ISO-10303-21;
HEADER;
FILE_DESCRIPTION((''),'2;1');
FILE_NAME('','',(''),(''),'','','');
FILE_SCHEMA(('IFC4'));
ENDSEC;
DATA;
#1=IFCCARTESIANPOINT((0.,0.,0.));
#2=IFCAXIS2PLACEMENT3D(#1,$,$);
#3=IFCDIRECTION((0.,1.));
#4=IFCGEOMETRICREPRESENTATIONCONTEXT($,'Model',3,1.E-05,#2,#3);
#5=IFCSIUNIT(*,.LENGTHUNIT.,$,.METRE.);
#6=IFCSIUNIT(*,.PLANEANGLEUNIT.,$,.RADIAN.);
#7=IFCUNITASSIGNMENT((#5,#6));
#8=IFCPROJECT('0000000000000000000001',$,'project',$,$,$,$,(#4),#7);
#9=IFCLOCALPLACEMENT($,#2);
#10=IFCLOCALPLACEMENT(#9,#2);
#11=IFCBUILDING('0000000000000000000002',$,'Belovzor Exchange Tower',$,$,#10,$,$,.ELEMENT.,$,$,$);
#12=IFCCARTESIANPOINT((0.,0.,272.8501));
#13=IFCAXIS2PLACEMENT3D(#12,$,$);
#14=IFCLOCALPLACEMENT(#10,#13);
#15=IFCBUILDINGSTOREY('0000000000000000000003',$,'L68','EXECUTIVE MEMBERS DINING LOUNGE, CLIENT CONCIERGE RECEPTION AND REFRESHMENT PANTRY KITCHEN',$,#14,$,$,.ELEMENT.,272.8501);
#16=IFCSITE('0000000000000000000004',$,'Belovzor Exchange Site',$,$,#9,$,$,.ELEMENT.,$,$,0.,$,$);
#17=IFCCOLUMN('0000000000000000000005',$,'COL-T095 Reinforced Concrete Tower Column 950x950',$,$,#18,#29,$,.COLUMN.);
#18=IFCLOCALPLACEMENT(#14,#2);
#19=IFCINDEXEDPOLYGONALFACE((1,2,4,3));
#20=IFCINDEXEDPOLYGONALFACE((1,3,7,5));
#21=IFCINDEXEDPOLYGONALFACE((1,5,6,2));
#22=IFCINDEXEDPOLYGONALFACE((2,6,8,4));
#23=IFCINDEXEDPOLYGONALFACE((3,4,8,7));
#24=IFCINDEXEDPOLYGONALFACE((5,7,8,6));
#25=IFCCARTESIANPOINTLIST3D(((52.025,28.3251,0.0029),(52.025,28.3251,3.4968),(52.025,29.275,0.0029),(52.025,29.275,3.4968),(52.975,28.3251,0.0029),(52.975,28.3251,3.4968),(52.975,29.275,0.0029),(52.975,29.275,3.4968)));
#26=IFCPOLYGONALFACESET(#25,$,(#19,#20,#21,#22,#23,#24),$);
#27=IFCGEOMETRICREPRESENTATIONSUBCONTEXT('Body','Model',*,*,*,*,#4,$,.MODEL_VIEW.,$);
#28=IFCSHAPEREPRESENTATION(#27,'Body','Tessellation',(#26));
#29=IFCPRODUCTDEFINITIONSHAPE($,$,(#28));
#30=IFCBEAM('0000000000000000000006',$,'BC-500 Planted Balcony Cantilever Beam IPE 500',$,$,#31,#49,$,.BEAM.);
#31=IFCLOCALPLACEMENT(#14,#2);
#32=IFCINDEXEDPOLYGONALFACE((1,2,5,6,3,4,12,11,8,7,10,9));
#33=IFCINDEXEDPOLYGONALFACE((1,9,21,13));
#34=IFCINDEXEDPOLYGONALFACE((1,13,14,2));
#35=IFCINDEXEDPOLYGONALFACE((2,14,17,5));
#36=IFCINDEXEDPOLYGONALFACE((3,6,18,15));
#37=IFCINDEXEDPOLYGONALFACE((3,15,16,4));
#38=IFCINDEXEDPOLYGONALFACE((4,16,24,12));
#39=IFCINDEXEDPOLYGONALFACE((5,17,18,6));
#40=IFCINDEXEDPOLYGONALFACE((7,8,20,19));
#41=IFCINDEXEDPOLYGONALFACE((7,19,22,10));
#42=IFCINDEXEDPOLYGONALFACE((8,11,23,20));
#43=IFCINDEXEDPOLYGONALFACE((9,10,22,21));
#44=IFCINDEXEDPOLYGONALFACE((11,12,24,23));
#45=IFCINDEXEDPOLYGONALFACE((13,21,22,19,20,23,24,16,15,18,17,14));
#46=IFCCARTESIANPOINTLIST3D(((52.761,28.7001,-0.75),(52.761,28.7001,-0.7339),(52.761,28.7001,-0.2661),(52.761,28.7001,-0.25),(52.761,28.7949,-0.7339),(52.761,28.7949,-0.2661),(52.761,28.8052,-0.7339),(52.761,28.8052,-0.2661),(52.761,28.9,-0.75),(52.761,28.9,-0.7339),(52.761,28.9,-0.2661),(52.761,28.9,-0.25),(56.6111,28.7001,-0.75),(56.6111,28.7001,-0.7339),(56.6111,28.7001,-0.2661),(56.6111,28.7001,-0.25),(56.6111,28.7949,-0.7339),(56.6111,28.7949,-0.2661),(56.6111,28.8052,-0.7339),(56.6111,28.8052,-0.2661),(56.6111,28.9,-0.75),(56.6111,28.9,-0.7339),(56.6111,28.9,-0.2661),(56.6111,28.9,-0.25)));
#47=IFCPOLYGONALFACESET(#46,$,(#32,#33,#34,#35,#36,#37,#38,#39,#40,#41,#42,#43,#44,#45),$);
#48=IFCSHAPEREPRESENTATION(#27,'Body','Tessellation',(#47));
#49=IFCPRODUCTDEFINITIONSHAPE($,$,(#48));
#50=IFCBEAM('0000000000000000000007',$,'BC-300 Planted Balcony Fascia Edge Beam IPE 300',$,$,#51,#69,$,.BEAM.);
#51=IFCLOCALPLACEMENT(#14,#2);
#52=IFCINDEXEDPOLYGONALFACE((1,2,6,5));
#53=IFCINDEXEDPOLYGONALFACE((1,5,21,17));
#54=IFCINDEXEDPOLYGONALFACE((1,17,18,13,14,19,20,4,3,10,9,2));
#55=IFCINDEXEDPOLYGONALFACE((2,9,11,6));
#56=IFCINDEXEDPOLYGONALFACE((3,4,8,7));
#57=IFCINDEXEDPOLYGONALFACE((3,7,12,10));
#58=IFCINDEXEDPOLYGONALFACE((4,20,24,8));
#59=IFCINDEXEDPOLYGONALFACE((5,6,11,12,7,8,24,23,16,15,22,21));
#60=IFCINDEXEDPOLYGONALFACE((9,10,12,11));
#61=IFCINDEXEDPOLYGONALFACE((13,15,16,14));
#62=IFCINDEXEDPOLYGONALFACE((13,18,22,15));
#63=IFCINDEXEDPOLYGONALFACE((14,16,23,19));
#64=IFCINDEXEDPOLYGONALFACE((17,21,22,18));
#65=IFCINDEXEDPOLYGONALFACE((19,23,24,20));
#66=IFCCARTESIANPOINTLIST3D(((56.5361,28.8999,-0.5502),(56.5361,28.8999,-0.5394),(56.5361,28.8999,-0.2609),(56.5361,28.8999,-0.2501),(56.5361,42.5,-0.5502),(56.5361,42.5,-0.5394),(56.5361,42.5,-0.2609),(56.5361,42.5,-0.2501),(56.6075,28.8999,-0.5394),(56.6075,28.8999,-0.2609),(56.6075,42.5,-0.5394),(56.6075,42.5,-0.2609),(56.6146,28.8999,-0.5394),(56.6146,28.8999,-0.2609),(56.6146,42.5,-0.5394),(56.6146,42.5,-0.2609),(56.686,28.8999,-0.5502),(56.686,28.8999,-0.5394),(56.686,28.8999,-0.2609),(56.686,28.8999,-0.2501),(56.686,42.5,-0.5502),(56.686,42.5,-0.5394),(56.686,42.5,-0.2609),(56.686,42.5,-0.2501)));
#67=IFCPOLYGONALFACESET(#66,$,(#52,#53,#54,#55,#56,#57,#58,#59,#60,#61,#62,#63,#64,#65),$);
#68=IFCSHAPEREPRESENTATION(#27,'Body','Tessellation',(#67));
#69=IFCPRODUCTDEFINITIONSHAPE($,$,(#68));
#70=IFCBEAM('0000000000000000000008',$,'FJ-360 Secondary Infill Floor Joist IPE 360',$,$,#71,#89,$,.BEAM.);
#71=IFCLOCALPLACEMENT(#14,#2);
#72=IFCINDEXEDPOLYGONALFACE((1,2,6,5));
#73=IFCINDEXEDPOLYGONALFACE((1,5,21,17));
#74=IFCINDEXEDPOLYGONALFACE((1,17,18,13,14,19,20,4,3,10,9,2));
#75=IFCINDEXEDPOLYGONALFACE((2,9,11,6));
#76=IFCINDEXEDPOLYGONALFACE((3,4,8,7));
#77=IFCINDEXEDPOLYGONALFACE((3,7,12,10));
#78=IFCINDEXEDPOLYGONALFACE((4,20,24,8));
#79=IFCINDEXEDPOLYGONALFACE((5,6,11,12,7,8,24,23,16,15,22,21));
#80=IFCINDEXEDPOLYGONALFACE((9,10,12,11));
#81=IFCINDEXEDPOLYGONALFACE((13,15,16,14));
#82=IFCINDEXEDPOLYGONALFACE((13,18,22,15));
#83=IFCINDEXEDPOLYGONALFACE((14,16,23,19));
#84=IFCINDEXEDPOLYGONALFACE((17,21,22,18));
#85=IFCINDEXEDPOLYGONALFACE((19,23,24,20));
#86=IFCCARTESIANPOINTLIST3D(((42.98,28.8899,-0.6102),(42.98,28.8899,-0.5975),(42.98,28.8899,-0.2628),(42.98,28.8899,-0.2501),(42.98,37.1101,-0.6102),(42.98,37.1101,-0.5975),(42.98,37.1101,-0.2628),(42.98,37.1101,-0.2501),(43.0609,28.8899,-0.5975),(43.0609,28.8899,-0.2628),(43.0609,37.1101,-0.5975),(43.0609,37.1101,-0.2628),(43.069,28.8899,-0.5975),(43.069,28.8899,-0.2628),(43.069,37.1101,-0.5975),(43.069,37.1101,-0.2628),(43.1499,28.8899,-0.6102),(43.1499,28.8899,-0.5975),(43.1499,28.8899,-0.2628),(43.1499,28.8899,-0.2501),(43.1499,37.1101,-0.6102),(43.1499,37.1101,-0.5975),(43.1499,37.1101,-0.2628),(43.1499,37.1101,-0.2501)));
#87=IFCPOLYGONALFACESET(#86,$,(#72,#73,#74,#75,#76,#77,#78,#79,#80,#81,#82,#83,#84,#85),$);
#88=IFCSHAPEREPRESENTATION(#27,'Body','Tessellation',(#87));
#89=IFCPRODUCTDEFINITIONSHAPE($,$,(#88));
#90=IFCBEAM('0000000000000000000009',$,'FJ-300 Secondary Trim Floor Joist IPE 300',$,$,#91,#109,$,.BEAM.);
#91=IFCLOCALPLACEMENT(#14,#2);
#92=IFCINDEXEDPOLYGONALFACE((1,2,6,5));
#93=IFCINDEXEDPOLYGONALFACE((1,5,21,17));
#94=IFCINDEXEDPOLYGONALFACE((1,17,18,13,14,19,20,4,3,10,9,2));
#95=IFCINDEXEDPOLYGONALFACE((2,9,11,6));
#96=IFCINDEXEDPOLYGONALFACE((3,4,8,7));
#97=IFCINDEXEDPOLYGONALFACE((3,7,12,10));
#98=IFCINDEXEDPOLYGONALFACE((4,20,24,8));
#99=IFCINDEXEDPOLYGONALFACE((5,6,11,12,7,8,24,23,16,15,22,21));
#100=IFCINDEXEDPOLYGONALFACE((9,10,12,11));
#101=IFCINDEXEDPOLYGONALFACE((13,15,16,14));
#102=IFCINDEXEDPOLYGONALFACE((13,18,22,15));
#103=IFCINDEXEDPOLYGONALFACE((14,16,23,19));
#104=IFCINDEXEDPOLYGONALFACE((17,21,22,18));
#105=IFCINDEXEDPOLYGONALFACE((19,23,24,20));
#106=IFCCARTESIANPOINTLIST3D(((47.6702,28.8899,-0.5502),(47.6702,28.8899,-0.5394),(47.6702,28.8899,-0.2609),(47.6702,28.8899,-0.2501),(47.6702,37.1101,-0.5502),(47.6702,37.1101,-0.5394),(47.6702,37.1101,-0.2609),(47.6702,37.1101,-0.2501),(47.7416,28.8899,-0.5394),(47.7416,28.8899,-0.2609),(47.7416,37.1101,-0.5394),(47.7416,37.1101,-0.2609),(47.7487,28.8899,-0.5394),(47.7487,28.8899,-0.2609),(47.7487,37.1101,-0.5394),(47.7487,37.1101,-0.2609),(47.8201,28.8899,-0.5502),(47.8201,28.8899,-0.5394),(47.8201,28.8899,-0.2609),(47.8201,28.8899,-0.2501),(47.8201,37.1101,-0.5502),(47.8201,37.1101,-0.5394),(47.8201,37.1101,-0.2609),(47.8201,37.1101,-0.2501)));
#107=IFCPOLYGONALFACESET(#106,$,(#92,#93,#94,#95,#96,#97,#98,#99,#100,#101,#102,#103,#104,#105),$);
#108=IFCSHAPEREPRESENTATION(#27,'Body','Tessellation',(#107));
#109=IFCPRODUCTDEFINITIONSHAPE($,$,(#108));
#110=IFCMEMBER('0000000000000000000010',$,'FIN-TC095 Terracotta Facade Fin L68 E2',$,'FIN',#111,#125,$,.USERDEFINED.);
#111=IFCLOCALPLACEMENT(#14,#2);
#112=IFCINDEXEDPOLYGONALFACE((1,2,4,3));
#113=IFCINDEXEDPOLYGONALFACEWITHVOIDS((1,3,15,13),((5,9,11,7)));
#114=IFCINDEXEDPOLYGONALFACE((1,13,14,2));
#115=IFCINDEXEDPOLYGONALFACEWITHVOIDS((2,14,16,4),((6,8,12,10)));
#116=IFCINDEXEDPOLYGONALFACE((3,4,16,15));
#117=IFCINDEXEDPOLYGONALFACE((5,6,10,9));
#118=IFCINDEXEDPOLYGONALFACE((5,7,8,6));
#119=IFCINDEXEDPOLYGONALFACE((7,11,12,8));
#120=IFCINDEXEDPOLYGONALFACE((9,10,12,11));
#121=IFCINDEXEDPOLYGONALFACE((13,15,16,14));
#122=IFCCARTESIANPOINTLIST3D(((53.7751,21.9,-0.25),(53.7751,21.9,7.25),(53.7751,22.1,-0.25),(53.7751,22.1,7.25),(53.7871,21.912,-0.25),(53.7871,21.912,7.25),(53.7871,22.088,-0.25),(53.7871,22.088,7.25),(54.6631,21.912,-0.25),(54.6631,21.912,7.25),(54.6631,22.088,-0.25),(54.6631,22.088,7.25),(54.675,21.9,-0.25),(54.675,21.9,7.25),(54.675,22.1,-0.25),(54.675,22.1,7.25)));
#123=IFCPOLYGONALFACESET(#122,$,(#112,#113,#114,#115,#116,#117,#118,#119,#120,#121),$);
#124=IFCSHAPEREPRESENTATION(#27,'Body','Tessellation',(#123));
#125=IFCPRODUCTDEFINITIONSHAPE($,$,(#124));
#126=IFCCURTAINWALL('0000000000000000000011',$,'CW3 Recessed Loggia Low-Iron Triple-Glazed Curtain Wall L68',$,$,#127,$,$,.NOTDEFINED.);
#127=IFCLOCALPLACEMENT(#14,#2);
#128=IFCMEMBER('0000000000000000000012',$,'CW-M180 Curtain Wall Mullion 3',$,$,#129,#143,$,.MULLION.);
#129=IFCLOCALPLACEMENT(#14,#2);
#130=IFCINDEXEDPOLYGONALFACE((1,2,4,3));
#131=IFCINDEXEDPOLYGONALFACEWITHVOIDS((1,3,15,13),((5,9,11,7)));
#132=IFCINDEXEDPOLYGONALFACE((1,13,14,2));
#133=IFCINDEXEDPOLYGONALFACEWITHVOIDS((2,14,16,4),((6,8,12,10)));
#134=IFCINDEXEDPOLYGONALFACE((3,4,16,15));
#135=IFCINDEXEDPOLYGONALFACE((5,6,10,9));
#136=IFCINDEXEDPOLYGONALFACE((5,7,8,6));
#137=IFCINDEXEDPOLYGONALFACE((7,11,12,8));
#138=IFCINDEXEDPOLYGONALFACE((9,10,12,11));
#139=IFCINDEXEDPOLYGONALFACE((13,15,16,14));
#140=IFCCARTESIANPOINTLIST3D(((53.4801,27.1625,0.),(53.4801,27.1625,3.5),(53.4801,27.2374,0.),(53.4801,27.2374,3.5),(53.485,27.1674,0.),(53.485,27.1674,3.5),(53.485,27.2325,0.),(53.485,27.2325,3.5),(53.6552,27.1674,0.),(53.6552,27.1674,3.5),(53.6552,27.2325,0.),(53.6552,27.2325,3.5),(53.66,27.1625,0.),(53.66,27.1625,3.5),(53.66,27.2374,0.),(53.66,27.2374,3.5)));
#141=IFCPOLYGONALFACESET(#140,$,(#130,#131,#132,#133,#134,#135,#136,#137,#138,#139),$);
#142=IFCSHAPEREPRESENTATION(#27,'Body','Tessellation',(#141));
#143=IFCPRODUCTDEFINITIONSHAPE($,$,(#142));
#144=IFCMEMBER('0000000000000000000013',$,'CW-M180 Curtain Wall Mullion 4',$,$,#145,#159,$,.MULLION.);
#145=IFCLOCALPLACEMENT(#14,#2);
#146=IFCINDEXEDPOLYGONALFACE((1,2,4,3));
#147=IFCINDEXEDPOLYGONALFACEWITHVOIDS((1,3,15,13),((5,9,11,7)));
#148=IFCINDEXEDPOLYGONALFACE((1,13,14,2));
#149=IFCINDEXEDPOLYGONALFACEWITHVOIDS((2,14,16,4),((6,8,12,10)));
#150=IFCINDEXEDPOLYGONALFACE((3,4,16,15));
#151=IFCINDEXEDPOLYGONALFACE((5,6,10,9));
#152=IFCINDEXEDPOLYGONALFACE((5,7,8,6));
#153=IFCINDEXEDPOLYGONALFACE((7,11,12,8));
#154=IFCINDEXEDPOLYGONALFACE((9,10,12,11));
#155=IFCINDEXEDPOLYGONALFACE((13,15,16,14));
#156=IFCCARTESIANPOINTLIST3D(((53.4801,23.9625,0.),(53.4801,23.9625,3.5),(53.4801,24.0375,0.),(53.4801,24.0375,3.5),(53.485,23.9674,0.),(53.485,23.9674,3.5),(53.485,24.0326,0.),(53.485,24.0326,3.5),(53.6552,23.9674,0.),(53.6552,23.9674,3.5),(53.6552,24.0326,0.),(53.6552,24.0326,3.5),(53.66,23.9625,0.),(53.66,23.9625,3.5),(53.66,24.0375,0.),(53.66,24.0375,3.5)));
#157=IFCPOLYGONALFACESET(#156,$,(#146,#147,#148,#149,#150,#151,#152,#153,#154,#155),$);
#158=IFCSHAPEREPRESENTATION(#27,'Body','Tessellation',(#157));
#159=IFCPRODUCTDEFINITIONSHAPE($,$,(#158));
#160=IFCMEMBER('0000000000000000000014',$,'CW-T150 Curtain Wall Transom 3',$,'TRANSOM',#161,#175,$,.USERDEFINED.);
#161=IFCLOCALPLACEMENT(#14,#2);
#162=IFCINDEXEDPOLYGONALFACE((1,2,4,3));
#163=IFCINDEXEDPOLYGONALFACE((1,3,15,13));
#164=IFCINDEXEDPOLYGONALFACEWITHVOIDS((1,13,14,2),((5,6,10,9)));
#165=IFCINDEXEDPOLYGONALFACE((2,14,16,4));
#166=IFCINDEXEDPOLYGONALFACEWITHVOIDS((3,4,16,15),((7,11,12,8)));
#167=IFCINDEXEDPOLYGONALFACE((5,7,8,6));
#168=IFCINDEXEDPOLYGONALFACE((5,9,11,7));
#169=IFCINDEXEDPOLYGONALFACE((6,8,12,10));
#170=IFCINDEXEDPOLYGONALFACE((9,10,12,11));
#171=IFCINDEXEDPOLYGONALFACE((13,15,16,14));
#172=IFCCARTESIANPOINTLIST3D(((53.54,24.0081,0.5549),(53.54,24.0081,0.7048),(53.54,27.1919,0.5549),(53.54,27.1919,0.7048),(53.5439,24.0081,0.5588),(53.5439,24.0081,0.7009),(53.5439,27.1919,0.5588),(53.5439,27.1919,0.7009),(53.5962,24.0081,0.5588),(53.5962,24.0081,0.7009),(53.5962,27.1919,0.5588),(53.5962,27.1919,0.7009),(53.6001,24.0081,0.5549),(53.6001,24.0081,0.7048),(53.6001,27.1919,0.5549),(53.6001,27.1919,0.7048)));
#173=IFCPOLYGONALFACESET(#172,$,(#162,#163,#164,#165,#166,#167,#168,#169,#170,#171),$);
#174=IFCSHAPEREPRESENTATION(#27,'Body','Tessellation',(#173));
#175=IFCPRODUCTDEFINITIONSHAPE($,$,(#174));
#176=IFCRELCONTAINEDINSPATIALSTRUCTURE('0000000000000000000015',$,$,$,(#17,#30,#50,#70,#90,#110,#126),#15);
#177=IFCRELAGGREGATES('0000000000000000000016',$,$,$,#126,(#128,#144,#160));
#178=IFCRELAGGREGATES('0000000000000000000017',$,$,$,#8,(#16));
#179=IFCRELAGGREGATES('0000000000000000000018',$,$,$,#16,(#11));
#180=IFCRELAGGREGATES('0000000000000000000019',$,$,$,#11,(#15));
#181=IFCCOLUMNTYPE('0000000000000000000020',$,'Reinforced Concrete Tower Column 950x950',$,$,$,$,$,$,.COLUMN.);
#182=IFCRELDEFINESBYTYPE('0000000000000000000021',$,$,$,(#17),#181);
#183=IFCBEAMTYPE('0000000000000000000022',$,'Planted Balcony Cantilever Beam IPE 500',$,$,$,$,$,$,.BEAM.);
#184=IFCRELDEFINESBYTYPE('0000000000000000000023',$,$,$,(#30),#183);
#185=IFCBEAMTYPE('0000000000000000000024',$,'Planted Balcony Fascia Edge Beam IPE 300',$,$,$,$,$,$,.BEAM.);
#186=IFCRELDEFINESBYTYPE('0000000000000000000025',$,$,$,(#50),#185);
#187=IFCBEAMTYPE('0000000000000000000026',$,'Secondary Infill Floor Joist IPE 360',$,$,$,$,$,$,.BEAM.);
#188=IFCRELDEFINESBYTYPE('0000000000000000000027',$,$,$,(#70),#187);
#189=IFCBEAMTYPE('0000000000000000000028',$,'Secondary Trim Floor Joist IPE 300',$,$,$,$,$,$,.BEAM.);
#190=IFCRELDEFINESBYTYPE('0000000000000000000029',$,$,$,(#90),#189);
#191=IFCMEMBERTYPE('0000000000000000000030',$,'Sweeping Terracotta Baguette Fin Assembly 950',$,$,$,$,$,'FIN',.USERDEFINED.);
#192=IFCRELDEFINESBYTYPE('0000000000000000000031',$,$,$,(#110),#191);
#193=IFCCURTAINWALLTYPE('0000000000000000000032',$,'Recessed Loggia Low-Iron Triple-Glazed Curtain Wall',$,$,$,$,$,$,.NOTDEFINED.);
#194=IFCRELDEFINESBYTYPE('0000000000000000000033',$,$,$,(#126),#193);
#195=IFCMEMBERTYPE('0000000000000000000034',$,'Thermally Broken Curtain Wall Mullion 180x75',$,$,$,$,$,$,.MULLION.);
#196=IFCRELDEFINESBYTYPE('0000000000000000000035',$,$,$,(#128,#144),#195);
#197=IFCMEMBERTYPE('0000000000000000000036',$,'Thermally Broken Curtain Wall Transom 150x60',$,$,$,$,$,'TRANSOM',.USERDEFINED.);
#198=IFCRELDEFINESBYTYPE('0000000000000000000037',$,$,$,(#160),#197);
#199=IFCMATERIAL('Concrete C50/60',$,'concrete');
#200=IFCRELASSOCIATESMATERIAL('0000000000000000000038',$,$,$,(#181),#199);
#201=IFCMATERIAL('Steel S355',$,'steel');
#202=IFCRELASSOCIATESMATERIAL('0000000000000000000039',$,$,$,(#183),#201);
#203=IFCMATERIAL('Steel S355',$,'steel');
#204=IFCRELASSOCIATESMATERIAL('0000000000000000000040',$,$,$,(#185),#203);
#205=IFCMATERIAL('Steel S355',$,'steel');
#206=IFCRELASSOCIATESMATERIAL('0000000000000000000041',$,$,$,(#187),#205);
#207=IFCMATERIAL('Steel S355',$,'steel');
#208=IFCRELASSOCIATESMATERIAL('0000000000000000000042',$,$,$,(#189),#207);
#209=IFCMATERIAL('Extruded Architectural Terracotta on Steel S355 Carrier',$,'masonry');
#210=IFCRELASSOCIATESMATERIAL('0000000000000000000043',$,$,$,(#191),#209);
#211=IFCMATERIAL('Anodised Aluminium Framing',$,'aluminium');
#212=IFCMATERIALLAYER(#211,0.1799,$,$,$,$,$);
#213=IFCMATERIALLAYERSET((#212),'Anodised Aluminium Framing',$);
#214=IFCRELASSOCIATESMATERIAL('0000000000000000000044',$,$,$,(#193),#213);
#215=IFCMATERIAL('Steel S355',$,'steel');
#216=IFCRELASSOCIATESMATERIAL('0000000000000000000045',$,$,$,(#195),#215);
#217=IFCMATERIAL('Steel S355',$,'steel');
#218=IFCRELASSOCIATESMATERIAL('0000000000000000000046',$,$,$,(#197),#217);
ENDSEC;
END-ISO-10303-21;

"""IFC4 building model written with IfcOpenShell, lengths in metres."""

from ifc_helpers import new_model, si_unit, direction, frame, origin, origin_2d, place, context, subcontext, project, spatial, rectangle, hollow_rectangle, i_section, extrude, material, layer, layer_set, material_profile, profile_set, type_object, element, aggregate, save


model = new_model("IFC4")

# Units and contexts
model_context = context("Model", 3, precision=1e-05, world=origin(), true_north=direction((0.0, 1.0)))
body_context = subcontext(model_context, "Body", "Model", "MODEL_VIEW")
ifc_project = project(units=[si_unit("LENGTHUNIT", "METRE"), si_unit("PLANEANGLEUNIT", "RADIAN")], contexts=[model_context])

# Site, building, storey
site_placement = place(None, origin())
site = spatial("IfcSite", under=ifc_project, at=site_placement, Name="Belovzor Exchange Site", CompositionType="ELEMENT", RefElevation=0.0)
building_placement = place(site_placement, origin())
building = spatial("IfcBuilding", under=site, at=building_placement, Name="Belovzor Exchange Tower", CompositionType="ELEMENT")
storey_placement = place(building_placement, frame((0.0, 0.0, 272.8501)))
storey = spatial("IfcBuildingStorey", under=building, at=storey_placement, Name="L68", Description="EXECUTIVE MEMBERS DINING LOUNGE, CLIENT CONCIERGE RECEPTION AND REFRESHMENT PANTRY KITCHEN", CompositionType="ELEMENT", Elevation=272.8501)

# Column
ifc_material_1 = material(Name="Concrete C50/60", Category="concrete")
ifc_material_profile_1 = material_profile(ifc_material_1, rectangle(XDim=0.95, YDim=0.95, at=origin_2d()))
ifc_profile_set_1 = profile_set([ifc_material_profile_1], Name="Concrete C50/60")
column_type = type_object("IfcColumnType", Name="Reinforced Concrete Tower Column 950x950", PredefinedType="COLUMN", material=ifc_profile_set_1)
column_placement = place(storey_placement, frame((52.5, 28.8, 0.0029), z_axis=(0.0, 0.0, 1.0), x_axis=(1.0, 0.0, 0.0)))
element("IfcColumn", 1, at=column_placement, inside=storey, type_object=column_type, Name="COL-T095 Reinforced Concrete Tower Column 950x950", PredefinedType="COLUMN", context=body_context, shape_type="SweptSolid", body=[
    extrude(rectangle(XDim=0.95, YDim=0.95, at=origin_2d()), origin(), (0.0, 0.0, 1.0), 3.4939),
])

# Beams
ifc_material_2 = material(Name="Steel S355", Category="steel")
ifc_material_profile_2 = material_profile(ifc_material_2, i_section(OverallWidth=0.2, OverallDepth=0.5, WebThickness=0.0103, FlangeThickness=0.0161, at=origin_2d()))
ifc_profile_set_2 = profile_set([ifc_material_profile_2], Name="Steel S355")
beam_type_1 = type_object("IfcBeamType", Name="Planted Balcony Cantilever Beam IPE 500", PredefinedType="BEAM", material=ifc_profile_set_2)
beam_1_placement = place(storey_placement, frame((52.761, 28.8, -0.5), z_axis=(1.0, 0.0, 0.0), x_axis=(0.0, 1.0, 0.0)))
element("IfcBeam", 2, at=beam_1_placement, inside=storey, type_object=beam_type_1, Name="BC-500 Planted Balcony Cantilever Beam IPE 500", PredefinedType="BEAM", context=body_context, shape_type="SweptSolid", body=[
    extrude(i_section(OverallWidth=0.2, OverallDepth=0.5, WebThickness=0.0103, FlangeThickness=0.0161, at=origin_2d()), origin(), (0.0, 0.0, 1.0), 3.8501),
])
ifc_material_3 = material(Name="Steel S355", Category="steel")
ifc_material_profile_3 = material_profile(ifc_material_3, i_section(OverallWidth=0.1499, OverallDepth=0.3, WebThickness=0.0071, FlangeThickness=0.0107, at=origin_2d()))
ifc_profile_set_3 = profile_set([ifc_material_profile_3], Name="Steel S355")
beam_type_2 = type_object("IfcBeamType", Name="Planted Balcony Fascia Edge Beam IPE 300", PredefinedType="BEAM", material=ifc_profile_set_3)
beam_2_placement = place(storey_placement, frame((56.6111, 28.8999, -0.4001), z_axis=(0.0, 1.0, 0.0), x_axis=(-1.0, 0.0, 0.0)))
element("IfcBeam", 3, at=beam_2_placement, inside=storey, type_object=beam_type_2, Name="BC-300 Planted Balcony Fascia Edge Beam IPE 300", PredefinedType="BEAM", context=body_context, shape_type="SweptSolid", body=[
    extrude(i_section(OverallWidth=0.1499, OverallDepth=0.3, WebThickness=0.0071, FlangeThickness=0.0107, at=origin_2d()), origin(), (0.0, 0.0, 1.0), 13.6001),
])
ifc_material_4 = material(Name="Steel S355", Category="steel")
ifc_material_profile_4 = material_profile(ifc_material_4, i_section(OverallWidth=0.1699, OverallDepth=0.3601, WebThickness=0.0081, FlangeThickness=0.0127, at=origin_2d()))
ifc_profile_set_4 = profile_set([ifc_material_profile_4], Name="Steel S355")
beam_type_3 = type_object("IfcBeamType", Name="Secondary Infill Floor Joist IPE 360", PredefinedType="BEAM", material=ifc_profile_set_4)
beam_3_placement = place(storey_placement, frame((43.0649, 28.8899, -0.4302), z_axis=(0.0, 1.0, 0.0), x_axis=(-1.0, 0.0, 0.0)))
element("IfcBeam", 4, at=beam_3_placement, inside=storey, type_object=beam_type_3, Name="FJ-360 Secondary Infill Floor Joist IPE 360", PredefinedType="BEAM", context=body_context, shape_type="SweptSolid", body=[
    extrude(i_section(OverallWidth=0.1699, OverallDepth=0.3601, WebThickness=0.0081, FlangeThickness=0.0127, at=origin_2d()), origin(), (0.0, 0.0, 1.0), 8.2202),
])
ifc_material_5 = material(Name="Steel S355", Category="steel")
ifc_material_profile_5 = material_profile(ifc_material_5, i_section(OverallWidth=0.1499, OverallDepth=0.3, WebThickness=0.0071, FlangeThickness=0.0107, at=origin_2d()))
ifc_profile_set_5 = profile_set([ifc_material_profile_5], Name="Steel S355")
beam_type_4 = type_object("IfcBeamType", Name="Secondary Trim Floor Joist IPE 300", PredefinedType="BEAM", material=ifc_profile_set_5)
beam_4_placement = place(storey_placement, frame((47.7451, 28.8899, -0.4001), z_axis=(0.0, 1.0, 0.0), x_axis=(-1.0, 0.0, 0.0)))
element("IfcBeam", 5, at=beam_4_placement, inside=storey, type_object=beam_type_4, Name="FJ-300 Secondary Trim Floor Joist IPE 300", PredefinedType="BEAM", context=body_context, shape_type="SweptSolid", body=[
    extrude(i_section(OverallWidth=0.1499, OverallDepth=0.3, WebThickness=0.0071, FlangeThickness=0.0107, at=origin_2d()), origin(), (0.0, 0.0, 1.0), 8.2202),
])

# Member
ifc_material_6 = material(Name="Extruded Architectural Terracotta on Steel S355 Carrier", Category="masonry")
ifc_material_profile_6 = material_profile(ifc_material_6, hollow_rectangle(XDim=0.2, YDim=0.8999, WallThickness=0.012, at=origin_2d()))
ifc_profile_set_6 = profile_set([ifc_material_profile_6], Name="Extruded Architectural Terracotta on Steel S355 Carrier")
member_type_1 = type_object("IfcMemberType", Name="Sweeping Terracotta Baguette Fin Assembly 950", ElementType="FIN", PredefinedType="USERDEFINED", material=ifc_profile_set_6)
member_1_placement = place(storey_placement, frame((54.2251, 22.0, -0.25), z_axis=(0.0, 0.0, 1.0), x_axis=(0.0, 1.0, 0.0)))
element("IfcMember", 6, at=member_1_placement, inside=storey, type_object=member_type_1, Name="FIN-TC095 Terracotta Facade Fin L68 E2", ObjectType="FIN", PredefinedType="USERDEFINED", context=body_context, shape_type="SweptSolid", body=[
    extrude(hollow_rectangle(XDim=0.2, YDim=0.8999, WallThickness=0.012, at=origin_2d()), origin(), (0.0, 0.0, 1.0), 7.5),
])

# Curtain wall, members
ifc_material_7 = material(Name="Anodised Aluminium Framing", Category="aluminium")
ifc_layer_1 = layer(ifc_material_7, 0.1799)
ifc_layer_set_1 = layer_set([ifc_layer_1], Name="Anodised Aluminium Framing")
curtain_wall_type = type_object("IfcCurtainWallType", Name="Recessed Loggia Low-Iron Triple-Glazed Curtain Wall", PredefinedType="NOTDEFINED", material=ifc_layer_set_1)
curtain_wall_placement = place(storey_placement, origin())
curtain_wall = element("IfcCurtainWall", 7, at=curtain_wall_placement, inside=storey, type_object=curtain_wall_type, Name="CW3 Recessed Loggia Low-Iron Triple-Glazed Curtain Wall L68", PredefinedType="NOTDEFINED")
ifc_material_8 = material(Name="Steel S355", Category="steel")
ifc_material_profile_7 = material_profile(ifc_material_8, hollow_rectangle(XDim=0.075, YDim=0.1799, WallThickness=0.0049, at=origin_2d()))
ifc_profile_set_7 = profile_set([ifc_material_profile_7], Name="Steel S355")
member_type_2 = type_object("IfcMemberType", Name="Thermally Broken Curtain Wall Mullion 180x75", PredefinedType="MULLION", material=ifc_profile_set_7)
member_2_placement = place(storey_placement, frame((53.5701, 27.2, 0.0), z_axis=(0.0, 0.0, 1.0), x_axis=(0.0, -1.0, 0.0)))
member_2 = element("IfcMember", 8, at=member_2_placement, type_object=member_type_2, Name="CW-M180 Curtain Wall Mullion 3", PredefinedType="MULLION", context=body_context, shape_type="SweptSolid", body=[
    extrude(hollow_rectangle(XDim=0.075, YDim=0.1799, WallThickness=0.0049, at=origin_2d()), origin(), (0.0, 0.0, 1.0), 3.5),
])
member_3_placement = place(storey_placement, frame((53.5701, 24.0, 0.0), z_axis=(0.0, 0.0, 1.0), x_axis=(0.0, -1.0, 0.0)))
member_3 = element("IfcMember", 9, at=member_3_placement, type_object=member_type_2, Name="CW-M180 Curtain Wall Mullion 4", PredefinedType="MULLION", context=body_context, shape_type="SweptSolid", body=[
    extrude(hollow_rectangle(XDim=0.075, YDim=0.1799, WallThickness=0.0049, at=origin_2d()), origin(), (0.0, 0.0, 1.0), 3.5),
])
ifc_material_9 = material(Name="Steel S355", Category="steel")
ifc_material_profile_8 = material_profile(ifc_material_9, hollow_rectangle(XDim=0.0601, YDim=0.1499, WallThickness=0.0039, at=origin_2d()))
ifc_profile_set_8 = profile_set([ifc_material_profile_8], Name="Steel S355")
member_type_3 = type_object("IfcMemberType", Name="Thermally Broken Curtain Wall Transom 150x60", ElementType="TRANSOM", PredefinedType="USERDEFINED", material=ifc_profile_set_8)
member_4_placement = place(storey_placement, frame((53.5701, 27.1919, 0.6299), z_axis=(0.0, -1.0, 0.0), x_axis=(1.0, 0.0, 0.0)))
member_4 = element("IfcMember", 10, at=member_4_placement, type_object=member_type_3, Name="CW-T150 Curtain Wall Transom 3", ObjectType="TRANSOM", PredefinedType="USERDEFINED", context=body_context, shape_type="SweptSolid", body=[
    extrude(hollow_rectangle(XDim=0.0601, YDim=0.1499, WallThickness=0.0039, at=origin_2d()), origin(), (0.0, 0.0, 1.0), 3.1838),
])

aggregate(curtain_wall, [member_2, member_3, member_4])

save(model, "model.ifc")
